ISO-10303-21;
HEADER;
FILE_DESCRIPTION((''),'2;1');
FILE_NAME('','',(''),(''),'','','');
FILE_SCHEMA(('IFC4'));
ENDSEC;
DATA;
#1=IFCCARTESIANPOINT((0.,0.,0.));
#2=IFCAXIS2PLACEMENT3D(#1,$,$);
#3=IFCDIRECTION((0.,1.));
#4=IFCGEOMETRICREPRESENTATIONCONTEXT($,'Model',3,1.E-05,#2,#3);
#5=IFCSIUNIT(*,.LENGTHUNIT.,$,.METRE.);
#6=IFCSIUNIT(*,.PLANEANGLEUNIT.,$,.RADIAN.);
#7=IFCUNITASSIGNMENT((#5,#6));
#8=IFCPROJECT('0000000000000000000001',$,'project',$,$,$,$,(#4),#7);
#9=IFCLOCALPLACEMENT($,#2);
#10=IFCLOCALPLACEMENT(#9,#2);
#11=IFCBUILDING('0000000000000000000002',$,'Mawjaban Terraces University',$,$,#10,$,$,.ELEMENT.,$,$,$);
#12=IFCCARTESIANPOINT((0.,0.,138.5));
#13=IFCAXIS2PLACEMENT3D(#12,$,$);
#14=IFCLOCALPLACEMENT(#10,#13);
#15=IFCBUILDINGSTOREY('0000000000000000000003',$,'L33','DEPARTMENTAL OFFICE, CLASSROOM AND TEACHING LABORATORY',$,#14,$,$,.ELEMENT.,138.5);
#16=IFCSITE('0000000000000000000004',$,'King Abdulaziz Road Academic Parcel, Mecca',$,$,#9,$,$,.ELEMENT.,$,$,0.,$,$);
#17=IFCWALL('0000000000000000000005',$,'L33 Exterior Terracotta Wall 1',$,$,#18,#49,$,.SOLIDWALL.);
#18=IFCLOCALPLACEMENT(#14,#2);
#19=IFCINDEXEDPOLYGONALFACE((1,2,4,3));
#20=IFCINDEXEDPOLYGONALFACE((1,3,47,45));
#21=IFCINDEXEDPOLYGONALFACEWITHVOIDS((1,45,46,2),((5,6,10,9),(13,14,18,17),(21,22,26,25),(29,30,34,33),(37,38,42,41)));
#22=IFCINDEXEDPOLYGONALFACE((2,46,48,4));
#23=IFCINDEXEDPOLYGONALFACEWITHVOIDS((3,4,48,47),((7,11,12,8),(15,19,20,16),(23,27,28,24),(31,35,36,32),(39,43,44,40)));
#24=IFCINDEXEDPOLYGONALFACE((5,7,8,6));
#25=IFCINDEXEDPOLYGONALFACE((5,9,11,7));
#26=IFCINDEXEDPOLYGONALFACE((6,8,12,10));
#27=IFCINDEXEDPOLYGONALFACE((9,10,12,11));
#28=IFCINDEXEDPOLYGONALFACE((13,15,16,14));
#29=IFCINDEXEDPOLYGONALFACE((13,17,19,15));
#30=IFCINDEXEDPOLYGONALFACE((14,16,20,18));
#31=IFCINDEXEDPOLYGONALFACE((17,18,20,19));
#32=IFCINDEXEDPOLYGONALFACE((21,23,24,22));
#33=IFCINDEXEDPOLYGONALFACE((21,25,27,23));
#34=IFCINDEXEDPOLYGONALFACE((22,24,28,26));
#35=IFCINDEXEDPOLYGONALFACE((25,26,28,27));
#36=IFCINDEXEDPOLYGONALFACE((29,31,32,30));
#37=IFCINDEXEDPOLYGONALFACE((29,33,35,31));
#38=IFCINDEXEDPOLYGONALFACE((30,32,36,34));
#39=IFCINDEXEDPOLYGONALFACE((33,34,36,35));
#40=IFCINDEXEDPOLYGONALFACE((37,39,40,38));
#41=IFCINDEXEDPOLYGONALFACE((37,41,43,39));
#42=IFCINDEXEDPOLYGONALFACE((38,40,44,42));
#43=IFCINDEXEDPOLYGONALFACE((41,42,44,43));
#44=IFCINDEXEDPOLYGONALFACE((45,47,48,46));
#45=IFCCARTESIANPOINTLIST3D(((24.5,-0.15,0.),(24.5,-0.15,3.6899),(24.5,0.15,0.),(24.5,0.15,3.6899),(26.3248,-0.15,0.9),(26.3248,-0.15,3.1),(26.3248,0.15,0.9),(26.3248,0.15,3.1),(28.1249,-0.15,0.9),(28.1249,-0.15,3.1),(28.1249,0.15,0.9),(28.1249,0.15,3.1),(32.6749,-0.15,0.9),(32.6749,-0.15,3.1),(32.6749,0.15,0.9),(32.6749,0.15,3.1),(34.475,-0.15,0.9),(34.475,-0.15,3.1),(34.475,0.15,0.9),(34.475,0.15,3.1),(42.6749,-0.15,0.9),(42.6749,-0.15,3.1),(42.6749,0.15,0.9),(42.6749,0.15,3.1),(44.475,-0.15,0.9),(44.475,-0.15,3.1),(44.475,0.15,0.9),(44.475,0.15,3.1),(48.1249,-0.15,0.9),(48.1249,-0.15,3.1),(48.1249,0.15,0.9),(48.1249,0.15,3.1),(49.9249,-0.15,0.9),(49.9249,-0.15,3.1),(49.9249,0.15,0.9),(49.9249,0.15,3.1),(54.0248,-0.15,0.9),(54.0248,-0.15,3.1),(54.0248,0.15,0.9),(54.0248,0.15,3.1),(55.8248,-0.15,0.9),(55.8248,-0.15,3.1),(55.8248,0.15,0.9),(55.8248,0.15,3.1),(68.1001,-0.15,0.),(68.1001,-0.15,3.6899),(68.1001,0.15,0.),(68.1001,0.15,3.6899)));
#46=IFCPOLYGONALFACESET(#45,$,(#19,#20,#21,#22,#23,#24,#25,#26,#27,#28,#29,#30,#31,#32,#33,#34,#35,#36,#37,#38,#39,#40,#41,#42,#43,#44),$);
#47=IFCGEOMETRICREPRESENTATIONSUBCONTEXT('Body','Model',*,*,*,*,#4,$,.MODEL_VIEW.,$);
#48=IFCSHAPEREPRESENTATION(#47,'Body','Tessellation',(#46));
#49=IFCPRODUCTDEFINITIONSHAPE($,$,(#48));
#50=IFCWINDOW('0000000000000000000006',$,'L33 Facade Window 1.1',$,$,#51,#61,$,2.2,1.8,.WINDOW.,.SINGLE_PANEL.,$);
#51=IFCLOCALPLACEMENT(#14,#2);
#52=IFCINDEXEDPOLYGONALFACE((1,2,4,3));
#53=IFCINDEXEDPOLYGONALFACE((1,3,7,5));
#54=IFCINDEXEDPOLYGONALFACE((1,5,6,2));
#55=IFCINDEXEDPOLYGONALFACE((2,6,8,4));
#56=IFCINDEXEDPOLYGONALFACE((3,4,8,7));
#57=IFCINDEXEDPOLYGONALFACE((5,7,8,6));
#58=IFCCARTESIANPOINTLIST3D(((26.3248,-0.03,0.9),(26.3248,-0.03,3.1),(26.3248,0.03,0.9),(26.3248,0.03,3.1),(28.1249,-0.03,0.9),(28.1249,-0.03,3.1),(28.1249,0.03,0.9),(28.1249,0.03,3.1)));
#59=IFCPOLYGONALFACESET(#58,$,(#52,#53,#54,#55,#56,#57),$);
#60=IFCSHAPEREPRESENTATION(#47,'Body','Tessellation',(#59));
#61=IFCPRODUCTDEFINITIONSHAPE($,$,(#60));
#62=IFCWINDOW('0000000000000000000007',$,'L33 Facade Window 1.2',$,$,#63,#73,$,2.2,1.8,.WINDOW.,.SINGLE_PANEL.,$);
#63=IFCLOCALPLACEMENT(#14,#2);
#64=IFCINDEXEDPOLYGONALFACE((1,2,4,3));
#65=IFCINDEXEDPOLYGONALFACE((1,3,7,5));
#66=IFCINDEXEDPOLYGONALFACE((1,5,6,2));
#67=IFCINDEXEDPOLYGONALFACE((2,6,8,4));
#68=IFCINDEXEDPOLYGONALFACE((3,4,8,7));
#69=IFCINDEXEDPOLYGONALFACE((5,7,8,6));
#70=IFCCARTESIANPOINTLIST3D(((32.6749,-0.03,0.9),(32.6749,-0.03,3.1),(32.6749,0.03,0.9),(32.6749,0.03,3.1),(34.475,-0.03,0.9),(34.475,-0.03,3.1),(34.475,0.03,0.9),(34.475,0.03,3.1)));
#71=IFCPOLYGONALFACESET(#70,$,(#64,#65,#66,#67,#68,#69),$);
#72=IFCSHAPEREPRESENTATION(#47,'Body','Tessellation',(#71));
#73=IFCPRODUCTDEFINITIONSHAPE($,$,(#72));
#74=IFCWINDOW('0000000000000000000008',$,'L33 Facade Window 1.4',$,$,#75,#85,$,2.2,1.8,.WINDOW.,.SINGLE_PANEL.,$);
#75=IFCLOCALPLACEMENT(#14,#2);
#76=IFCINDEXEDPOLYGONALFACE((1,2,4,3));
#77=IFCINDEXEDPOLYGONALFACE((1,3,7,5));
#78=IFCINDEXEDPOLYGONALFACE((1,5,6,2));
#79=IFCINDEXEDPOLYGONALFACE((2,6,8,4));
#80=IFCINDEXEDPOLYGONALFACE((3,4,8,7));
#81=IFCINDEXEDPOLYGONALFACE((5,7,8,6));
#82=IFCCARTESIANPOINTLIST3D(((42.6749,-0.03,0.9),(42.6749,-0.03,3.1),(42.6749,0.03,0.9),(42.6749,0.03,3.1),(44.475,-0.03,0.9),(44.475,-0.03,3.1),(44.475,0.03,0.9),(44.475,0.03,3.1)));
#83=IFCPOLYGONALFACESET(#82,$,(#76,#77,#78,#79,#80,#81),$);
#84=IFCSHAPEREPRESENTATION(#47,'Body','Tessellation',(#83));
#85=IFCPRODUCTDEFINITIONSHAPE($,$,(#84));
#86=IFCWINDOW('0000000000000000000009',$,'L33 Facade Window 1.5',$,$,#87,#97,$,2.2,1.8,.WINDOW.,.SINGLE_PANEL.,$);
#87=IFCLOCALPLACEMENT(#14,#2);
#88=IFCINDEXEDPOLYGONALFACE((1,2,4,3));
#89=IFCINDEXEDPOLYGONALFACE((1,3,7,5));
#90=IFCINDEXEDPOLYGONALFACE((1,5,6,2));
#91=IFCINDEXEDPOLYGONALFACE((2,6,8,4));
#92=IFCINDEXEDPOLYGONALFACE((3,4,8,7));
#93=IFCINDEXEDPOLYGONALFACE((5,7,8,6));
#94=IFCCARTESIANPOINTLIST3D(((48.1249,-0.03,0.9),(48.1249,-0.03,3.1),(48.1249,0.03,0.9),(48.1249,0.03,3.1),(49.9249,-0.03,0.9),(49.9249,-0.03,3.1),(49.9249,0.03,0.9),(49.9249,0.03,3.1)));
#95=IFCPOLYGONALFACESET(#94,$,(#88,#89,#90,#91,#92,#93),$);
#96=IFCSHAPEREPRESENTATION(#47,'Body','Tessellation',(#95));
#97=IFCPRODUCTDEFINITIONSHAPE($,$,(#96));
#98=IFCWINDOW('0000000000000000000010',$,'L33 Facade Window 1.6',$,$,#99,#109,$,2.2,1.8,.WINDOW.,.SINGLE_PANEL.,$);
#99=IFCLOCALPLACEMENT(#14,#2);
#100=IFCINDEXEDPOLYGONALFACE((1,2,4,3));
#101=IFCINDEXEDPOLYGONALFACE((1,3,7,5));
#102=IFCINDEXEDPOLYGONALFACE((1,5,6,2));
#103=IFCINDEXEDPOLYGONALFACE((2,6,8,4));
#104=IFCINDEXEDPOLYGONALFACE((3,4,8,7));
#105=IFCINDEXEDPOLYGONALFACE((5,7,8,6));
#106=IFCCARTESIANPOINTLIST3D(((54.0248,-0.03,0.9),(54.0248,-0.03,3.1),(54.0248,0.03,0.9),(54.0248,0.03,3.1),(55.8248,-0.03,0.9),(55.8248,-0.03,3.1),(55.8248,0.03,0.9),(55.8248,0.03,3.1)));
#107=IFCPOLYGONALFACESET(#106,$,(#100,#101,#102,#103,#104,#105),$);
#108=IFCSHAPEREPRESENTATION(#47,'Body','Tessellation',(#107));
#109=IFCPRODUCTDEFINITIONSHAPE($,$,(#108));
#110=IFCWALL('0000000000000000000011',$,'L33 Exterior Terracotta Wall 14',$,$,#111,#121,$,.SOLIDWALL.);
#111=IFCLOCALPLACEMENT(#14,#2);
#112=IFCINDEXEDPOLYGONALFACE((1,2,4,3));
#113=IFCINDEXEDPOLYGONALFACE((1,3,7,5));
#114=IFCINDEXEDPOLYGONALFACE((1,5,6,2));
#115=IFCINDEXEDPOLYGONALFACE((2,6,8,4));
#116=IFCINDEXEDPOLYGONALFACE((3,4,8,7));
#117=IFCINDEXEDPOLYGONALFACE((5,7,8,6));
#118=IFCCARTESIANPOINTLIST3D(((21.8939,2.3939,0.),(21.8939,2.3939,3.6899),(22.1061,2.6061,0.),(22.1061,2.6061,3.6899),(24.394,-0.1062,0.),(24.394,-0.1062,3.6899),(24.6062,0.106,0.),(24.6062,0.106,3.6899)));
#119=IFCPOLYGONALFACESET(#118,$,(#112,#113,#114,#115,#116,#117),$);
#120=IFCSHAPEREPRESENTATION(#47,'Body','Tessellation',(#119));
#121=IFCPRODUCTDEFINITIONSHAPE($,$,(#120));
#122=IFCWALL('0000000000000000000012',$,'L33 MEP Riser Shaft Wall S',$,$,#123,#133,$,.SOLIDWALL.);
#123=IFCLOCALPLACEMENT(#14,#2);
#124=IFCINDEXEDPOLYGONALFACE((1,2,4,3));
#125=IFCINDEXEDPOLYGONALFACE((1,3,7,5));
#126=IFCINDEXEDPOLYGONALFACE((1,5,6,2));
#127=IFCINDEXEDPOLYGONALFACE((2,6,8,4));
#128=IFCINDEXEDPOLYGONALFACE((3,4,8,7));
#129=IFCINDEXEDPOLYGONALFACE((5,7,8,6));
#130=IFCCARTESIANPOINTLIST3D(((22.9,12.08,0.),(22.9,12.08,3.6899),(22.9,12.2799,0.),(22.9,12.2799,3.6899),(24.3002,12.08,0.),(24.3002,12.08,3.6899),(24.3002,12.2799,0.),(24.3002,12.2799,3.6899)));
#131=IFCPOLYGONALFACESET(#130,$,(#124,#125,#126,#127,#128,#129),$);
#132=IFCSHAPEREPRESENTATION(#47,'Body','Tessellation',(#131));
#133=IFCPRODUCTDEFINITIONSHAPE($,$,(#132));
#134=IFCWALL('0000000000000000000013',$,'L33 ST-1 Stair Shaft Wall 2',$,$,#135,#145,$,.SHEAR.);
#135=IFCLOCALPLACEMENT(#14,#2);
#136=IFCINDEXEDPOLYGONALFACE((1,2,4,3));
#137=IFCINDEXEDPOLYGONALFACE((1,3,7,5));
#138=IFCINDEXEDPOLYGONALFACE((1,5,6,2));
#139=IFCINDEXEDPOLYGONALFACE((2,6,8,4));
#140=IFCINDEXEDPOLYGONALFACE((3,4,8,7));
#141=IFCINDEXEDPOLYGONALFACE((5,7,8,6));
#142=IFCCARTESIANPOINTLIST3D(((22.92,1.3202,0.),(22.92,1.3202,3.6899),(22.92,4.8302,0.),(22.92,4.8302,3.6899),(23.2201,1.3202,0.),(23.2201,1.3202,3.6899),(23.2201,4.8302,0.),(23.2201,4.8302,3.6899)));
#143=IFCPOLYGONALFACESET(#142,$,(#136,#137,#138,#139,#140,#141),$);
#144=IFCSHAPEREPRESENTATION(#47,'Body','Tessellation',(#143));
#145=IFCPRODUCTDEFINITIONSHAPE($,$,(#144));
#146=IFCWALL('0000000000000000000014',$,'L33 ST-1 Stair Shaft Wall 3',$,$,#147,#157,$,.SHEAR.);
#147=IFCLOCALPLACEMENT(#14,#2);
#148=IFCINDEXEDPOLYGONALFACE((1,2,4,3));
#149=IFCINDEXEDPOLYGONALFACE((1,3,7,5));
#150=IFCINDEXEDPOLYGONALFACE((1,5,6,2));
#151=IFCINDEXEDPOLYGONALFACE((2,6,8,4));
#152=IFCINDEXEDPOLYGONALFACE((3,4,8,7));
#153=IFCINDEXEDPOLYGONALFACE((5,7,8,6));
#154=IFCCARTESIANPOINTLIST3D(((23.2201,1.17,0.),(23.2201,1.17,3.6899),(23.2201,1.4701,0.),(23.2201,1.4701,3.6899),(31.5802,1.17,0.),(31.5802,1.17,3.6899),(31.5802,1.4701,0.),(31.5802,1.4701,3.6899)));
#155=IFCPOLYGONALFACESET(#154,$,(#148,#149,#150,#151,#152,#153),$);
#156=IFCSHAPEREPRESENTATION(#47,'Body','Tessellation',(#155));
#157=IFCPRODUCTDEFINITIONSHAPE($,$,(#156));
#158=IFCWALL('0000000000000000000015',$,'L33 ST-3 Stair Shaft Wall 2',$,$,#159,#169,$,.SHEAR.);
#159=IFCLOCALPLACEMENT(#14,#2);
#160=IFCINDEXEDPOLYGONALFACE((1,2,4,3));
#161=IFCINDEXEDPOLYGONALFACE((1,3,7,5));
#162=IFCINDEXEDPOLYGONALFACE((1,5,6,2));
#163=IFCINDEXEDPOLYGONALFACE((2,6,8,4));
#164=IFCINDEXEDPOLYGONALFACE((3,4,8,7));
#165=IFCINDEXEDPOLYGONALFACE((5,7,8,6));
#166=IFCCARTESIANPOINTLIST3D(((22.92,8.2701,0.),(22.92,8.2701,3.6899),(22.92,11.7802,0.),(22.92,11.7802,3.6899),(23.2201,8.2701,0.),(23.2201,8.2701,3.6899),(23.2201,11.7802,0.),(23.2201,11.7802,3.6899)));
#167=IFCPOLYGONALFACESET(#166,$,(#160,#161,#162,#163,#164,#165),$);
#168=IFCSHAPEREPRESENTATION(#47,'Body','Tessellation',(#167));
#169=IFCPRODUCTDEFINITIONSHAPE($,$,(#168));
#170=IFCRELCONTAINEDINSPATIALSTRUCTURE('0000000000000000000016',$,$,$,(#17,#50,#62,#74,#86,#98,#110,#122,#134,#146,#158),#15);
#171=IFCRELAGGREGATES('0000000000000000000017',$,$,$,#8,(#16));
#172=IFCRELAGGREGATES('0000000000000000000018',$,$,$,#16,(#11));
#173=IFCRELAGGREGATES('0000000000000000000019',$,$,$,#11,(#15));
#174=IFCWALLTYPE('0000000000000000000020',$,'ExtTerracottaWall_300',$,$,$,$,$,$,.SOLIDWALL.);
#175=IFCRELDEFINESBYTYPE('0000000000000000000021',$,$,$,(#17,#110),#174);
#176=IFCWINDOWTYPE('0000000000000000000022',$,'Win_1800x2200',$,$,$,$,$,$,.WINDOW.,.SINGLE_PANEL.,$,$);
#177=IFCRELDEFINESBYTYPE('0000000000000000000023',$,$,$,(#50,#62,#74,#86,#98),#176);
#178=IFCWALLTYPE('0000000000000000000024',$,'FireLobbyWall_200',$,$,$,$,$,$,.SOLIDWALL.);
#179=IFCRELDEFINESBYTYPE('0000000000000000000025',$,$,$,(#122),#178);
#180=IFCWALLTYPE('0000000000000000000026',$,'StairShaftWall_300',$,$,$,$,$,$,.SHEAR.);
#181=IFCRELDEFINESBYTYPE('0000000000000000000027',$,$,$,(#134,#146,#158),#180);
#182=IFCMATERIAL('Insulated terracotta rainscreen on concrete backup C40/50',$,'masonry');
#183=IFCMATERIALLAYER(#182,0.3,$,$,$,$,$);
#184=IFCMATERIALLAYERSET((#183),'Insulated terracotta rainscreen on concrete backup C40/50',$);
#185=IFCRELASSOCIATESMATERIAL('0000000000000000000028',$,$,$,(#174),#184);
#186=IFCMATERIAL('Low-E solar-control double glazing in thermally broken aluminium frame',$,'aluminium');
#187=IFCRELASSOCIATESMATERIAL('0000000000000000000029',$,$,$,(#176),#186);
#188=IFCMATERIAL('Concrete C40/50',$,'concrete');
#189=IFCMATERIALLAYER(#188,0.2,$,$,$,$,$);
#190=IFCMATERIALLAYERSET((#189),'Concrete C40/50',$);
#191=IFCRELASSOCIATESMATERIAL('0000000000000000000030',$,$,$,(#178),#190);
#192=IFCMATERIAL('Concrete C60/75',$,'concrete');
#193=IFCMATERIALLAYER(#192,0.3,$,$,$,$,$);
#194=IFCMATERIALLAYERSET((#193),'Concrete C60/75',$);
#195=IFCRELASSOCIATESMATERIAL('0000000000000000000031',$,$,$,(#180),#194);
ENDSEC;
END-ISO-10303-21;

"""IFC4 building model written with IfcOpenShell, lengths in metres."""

from ifc_helpers import new_model, si_unit, direction, frame, frame_2d, origin, place, context, subcontext, project, spatial, rectangle, extrude, material, layer, layer_set, type_object, element, fill, save


model = new_model("IFC4")

# Units and contexts
model_context = context("Model", 3, precision=1e-05, world=origin(), true_north=direction((0.0, 1.0)))
body_context = subcontext(model_context, "Body", "Model", "MODEL_VIEW")
ifc_project = project(units=[si_unit("LENGTHUNIT", "METRE"), si_unit("PLANEANGLEUNIT", "RADIAN")], contexts=[model_context])

# Site, building, storey
site_placement = place(None, origin())
site = spatial("IfcSite", under=ifc_project, at=site_placement, Name="King Abdulaziz Road Academic Parcel, Mecca", CompositionType="ELEMENT", RefElevation=0.0)
building_placement = place(site_placement, origin())
building = spatial("IfcBuilding", under=site, at=building_placement, Name="Mawjaban Terraces University", CompositionType="ELEMENT")
storey_placement = place(building_placement, frame((0.0, 0.0, 138.5)))
storey = spatial("IfcBuildingStorey", under=building, at=storey_placement, Name="L33", Description="DEPARTMENTAL OFFICE, CLASSROOM AND TEACHING LABORATORY", CompositionType="ELEMENT", Elevation=138.5)

# Shared definitions
ifc_material_1 = material(Name="Concrete C60/75", Category="concrete")

# Wall, openings, windows
ifc_material_2 = material(Name="Insulated terracotta rainscreen on concrete backup C40/50", Category="masonry")
ifc_layer_1 = layer(ifc_material_2, 0.3)
ifc_layer_set_1 = layer_set([ifc_layer_1], Name="Insulated terracotta rainscreen on concrete backup C40/50")
wall_type_1 = type_object("IfcWallType", Name="ExtTerracottaWall_300", PredefinedType="SOLIDWALL", material=ifc_layer_set_1)
wall_1_placement = place(storey_placement, frame((24.5, 0.0, 0.0), z_axis=(0.0, 0.0, 1.0), x_axis=(1.0, 0.0, 0.0)))
wall_1 = element("IfcWall", 1, at=wall_1_placement, inside=storey, type_object=wall_type_1, Name="L33 Exterior Terracotta Wall 1", PredefinedType="SOLIDWALL", context=body_context, shape_type="SweptSolid", body=[
    extrude(rectangle(XDim=43.6001, YDim=0.3, at=frame_2d((21.8, 0.0))), origin(), (0.0, 0.0, 1.0), 3.6899),
])
opening_1_placement = place(wall_1_placement, frame((1.825, 0.0, 0.8999)))
opening_1 = element("IfcOpeningElement", 2, at=opening_1_placement, cuts=wall_1, PredefinedType="OPENING", context=body_context, shape_type="SweptSolid", body=[
    extrude(rectangle(XDim=1.8, YDim=2.2, at=frame_2d((0.8999, 1.1001))), frame((0.0, 0.1599, 0.0), z_axis=(0.0, -1.0, 0.0), x_axis=(1.0, 0.0, 0.0)), (0.0, 0.0, 1.0), 0.3201),
])
opening_2_placement = place(wall_1_placement, frame((8.175, 0.0, 0.8999)))
opening_2 = element("IfcOpeningElement", 3, at=opening_2_placement, cuts=wall_1, PredefinedType="OPENING", context=body_context, shape_type="SweptSolid", body=[
    extrude(rectangle(XDim=1.8, YDim=2.2, at=frame_2d((0.8999, 1.1001))), frame((0.0, 0.1599, 0.0), z_axis=(0.0, -1.0, 0.0), x_axis=(1.0, 0.0, 0.0)), (0.0, 0.0, 1.0), 0.3201),
])
opening_3_placement = place(wall_1_placement, frame((18.175, 0.0, 0.8999)))
opening_3 = element("IfcOpeningElement", 4, at=opening_3_placement, cuts=wall_1, PredefinedType="OPENING", context=body_context, shape_type="SweptSolid", body=[
    extrude(rectangle(XDim=1.8, YDim=2.2, at=frame_2d((0.8999, 1.1001))), frame((0.0, 0.1599, 0.0), z_axis=(0.0, -1.0, 0.0), x_axis=(1.0, 0.0, 0.0)), (0.0, 0.0, 1.0), 0.3201),
])
opening_4_placement = place(wall_1_placement, frame((23.625, 0.0, 0.8999)))
opening_4 = element("IfcOpeningElement", 5, at=opening_4_placement, cuts=wall_1, PredefinedType="OPENING", context=body_context, shape_type="SweptSolid", body=[
    extrude(rectangle(XDim=1.8, YDim=2.2, at=frame_2d((0.8999, 1.1001))), frame((0.0, 0.1599, 0.0), z_axis=(0.0, -1.0, 0.0), x_axis=(1.0, 0.0, 0.0)), (0.0, 0.0, 1.0), 0.3201),
])
opening_5_placement = place(wall_1_placement, frame((29.5249, 0.0, 0.8999)))
opening_5 = element("IfcOpeningElement", 6, at=opening_5_placement, cuts=wall_1, PredefinedType="OPENING", context=body_context, shape_type="SweptSolid", body=[
    extrude(rectangle(XDim=1.8, YDim=2.2, at=frame_2d((0.8999, 1.1001))), frame((0.0, 0.1599, 0.0), z_axis=(0.0, -1.0, 0.0), x_axis=(1.0, 0.0, 0.0)), (0.0, 0.0, 1.0), 0.3201),
])
ifc_material_3 = material(Name="Low-E solar-control double glazing in thermally broken aluminium frame", Category="aluminium")
window_type = type_object("IfcWindowType", Name="Win_1800x2200", PartitioningType="SINGLE_PANEL", PredefinedType="WINDOW", material=ifc_material_3)
window_1_placement = place(opening_1_placement, origin())
window_1 = element("IfcWindow", 7, at=window_1_placement, inside=storey, type_object=window_type, Name="L33 Facade Window 1.1", OverallHeight=2.2, OverallWidth=1.8, PartitioningType="SINGLE_PANEL", PredefinedType="WINDOW", context=body_context, shape_type="SweptSolid", body=[
    extrude(rectangle(XDim=1.8, YDim=2.2, at=frame_2d((0.8999, 1.1001))), frame((0.0, 0.03, 0.0), z_axis=(0.0, -1.0, 0.0), x_axis=(1.0, 0.0, 0.0)), (0.0, 0.0, 1.0), 0.0601),
])
fill(opening_1, window_1)
window_2_placement = place(opening_2_placement, origin())
window_2 = element("IfcWindow", 8, at=window_2_placement, inside=storey, type_object=window_type, Name="L33 Facade Window 1.2", OverallHeight=2.2, OverallWidth=1.8, PartitioningType="SINGLE_PANEL", PredefinedType="WINDOW", context=body_context, shape_type="SweptSolid", body=[
    extrude(rectangle(XDim=1.8, YDim=2.2, at=frame_2d((0.8999, 1.1001))), frame((0.0, 0.03, 0.0), z_axis=(0.0, -1.0, 0.0), x_axis=(1.0, 0.0, 0.0)), (0.0, 0.0, 1.0), 0.0601),
])
fill(opening_2, window_2)
window_3_placement = place(opening_3_placement, origin())
window_3 = element("IfcWindow", 9, at=window_3_placement, inside=storey, type_object=window_type, Name="L33 Facade Window 1.4", OverallHeight=2.2, OverallWidth=1.8, PartitioningType="SINGLE_PANEL", PredefinedType="WINDOW", context=body_context, shape_type="SweptSolid", body=[
    extrude(rectangle(XDim=1.8, YDim=2.2, at=frame_2d((0.8999, 1.1001))), frame((0.0, 0.03, 0.0), z_axis=(0.0, -1.0, 0.0), x_axis=(1.0, 0.0, 0.0)), (0.0, 0.0, 1.0), 0.0601),
])
fill(opening_3, window_3)
window_4_placement = place(opening_4_placement, origin())
window_4 = element("IfcWindow", 10, at=window_4_placement, inside=storey, type_object=window_type, Name="L33 Facade Window 1.5", OverallHeight=2.2, OverallWidth=1.8, PartitioningType="SINGLE_PANEL", PredefinedType="WINDOW", context=body_context, shape_type="SweptSolid", body=[
    extrude(rectangle(XDim=1.8, YDim=2.2, at=frame_2d((0.8999, 1.1001))), frame((0.0, 0.03, 0.0), z_axis=(0.0, -1.0, 0.0), x_axis=(1.0, 0.0, 0.0)), (0.0, 0.0, 1.0), 0.0601),
])
fill(opening_4, window_4)
window_5_placement = place(opening_5_placement, origin())
window_5 = element("IfcWindow", 11, at=window_5_placement, inside=storey, type_object=window_type, Name="L33 Facade Window 1.6", OverallHeight=2.2, OverallWidth=1.8, PartitioningType="SINGLE_PANEL", PredefinedType="WINDOW", context=body_context, shape_type="SweptSolid", body=[
    extrude(rectangle(XDim=1.8, YDim=2.2, at=frame_2d((0.8999, 1.1001))), frame((0.0, 0.03, 0.0), z_axis=(0.0, -1.0, 0.0), x_axis=(1.0, 0.0, 0.0)), (0.0, 0.0, 1.0), 0.0601),
])
fill(opening_5, window_5)

# Walls
wall_2_placement = place(storey_placement, frame((22.0, 2.5, 0.0), z_axis=(0.0, 0.0, 1.0), x_axis=(0.707107, -0.707107, 0.0)))
element("IfcWall", 12, at=wall_2_placement, inside=storey, type_object=wall_type_1, Name="L33 Exterior Terracotta Wall 14", PredefinedType="SOLIDWALL", context=body_context, shape_type="SweptSolid", body=[
    extrude(rectangle(XDim=3.5356, YDim=0.3, at=frame_2d((1.7678, 0.0))), origin(), (0.0, 0.0, 1.0), 3.6899),
])
ifc_material_4 = material(Name="Concrete C40/50", Category="concrete")
ifc_layer_2 = layer(ifc_material_4, 0.2)
ifc_layer_set_2 = layer_set([ifc_layer_2], Name="Concrete C40/50")
wall_type_2 = type_object("IfcWallType", Name="FireLobbyWall_200", PredefinedType="SOLIDWALL", material=ifc_layer_set_2)
wall_3_placement = place(storey_placement, frame((22.8999, 12.1799, 0.0), z_axis=(0.0, 0.0, 1.0), x_axis=(1.0, 0.0, 0.0)))
element("IfcWall", 13, at=wall_3_placement, inside=storey, type_object=wall_type_2, Name="L33 MEP Riser Shaft Wall S", PredefinedType="SOLIDWALL", context=body_context, shape_type="SweptSolid", body=[
    extrude(rectangle(XDim=1.4001, YDim=0.2, at=frame_2d((0.7002, 0.0))), origin(), (0.0, 0.0, 1.0), 3.6899),
])
ifc_layer_3 = layer(ifc_material_1, 0.3)
ifc_layer_set_3 = layer_set([ifc_layer_3], Name="Concrete C60/75")
wall_type_3 = type_object("IfcWallType", Name="StairShaftWall_300", PredefinedType="SHEAR", material=ifc_layer_set_3)
wall_4_placement = place(storey_placement, frame((23.0701, 4.8301, 0.0), z_axis=(0.0, 0.0, 1.0), x_axis=(0.0, -1.0, 0.0)))
element("IfcWall", 14, at=wall_4_placement, inside=storey, type_object=wall_type_3, Name="L33 ST-1 Stair Shaft Wall 2", PredefinedType="SHEAR", context=body_context, shape_type="SweptSolid", body=[
    extrude(rectangle(XDim=3.51, YDim=0.3, at=frame_2d((1.7549, 0.0))), origin(), (0.0, 0.0, 1.0), 3.6899),
])
wall_5_placement = place(storey_placement, frame((23.22, 1.3201, 0.0), z_axis=(0.0, 0.0, 1.0), x_axis=(1.0, 0.0, 0.0)))
element("IfcWall", 15, at=wall_5_placement, inside=storey, type_object=wall_type_3, Name="L33 ST-1 Stair Shaft Wall 3", PredefinedType="SHEAR", context=body_context, shape_type="SweptSolid", body=[
    extrude(rectangle(XDim=8.3601, YDim=0.3, at=frame_2d((4.1802, 0.0))), origin(), (0.0, 0.0, 1.0), 3.6899),
])
wall_6_placement = place(storey_placement, frame((23.0701, 11.78, 0.0), z_axis=(0.0, 0.0, 1.0), x_axis=(0.0, -1.0, 0.0)))
element("IfcWall", 16, at=wall_6_placement, inside=storey, type_object=wall_type_3, Name="L33 ST-3 Stair Shaft Wall 2", PredefinedType="SHEAR", context=body_context, shape_type="SweptSolid", body=[
    extrude(rectangle(XDim=3.51, YDim=0.3, at=frame_2d((1.7549, 0.0))), origin(), (0.0, 0.0, 1.0), 3.6899),
])

save(model, "model.ifc")
